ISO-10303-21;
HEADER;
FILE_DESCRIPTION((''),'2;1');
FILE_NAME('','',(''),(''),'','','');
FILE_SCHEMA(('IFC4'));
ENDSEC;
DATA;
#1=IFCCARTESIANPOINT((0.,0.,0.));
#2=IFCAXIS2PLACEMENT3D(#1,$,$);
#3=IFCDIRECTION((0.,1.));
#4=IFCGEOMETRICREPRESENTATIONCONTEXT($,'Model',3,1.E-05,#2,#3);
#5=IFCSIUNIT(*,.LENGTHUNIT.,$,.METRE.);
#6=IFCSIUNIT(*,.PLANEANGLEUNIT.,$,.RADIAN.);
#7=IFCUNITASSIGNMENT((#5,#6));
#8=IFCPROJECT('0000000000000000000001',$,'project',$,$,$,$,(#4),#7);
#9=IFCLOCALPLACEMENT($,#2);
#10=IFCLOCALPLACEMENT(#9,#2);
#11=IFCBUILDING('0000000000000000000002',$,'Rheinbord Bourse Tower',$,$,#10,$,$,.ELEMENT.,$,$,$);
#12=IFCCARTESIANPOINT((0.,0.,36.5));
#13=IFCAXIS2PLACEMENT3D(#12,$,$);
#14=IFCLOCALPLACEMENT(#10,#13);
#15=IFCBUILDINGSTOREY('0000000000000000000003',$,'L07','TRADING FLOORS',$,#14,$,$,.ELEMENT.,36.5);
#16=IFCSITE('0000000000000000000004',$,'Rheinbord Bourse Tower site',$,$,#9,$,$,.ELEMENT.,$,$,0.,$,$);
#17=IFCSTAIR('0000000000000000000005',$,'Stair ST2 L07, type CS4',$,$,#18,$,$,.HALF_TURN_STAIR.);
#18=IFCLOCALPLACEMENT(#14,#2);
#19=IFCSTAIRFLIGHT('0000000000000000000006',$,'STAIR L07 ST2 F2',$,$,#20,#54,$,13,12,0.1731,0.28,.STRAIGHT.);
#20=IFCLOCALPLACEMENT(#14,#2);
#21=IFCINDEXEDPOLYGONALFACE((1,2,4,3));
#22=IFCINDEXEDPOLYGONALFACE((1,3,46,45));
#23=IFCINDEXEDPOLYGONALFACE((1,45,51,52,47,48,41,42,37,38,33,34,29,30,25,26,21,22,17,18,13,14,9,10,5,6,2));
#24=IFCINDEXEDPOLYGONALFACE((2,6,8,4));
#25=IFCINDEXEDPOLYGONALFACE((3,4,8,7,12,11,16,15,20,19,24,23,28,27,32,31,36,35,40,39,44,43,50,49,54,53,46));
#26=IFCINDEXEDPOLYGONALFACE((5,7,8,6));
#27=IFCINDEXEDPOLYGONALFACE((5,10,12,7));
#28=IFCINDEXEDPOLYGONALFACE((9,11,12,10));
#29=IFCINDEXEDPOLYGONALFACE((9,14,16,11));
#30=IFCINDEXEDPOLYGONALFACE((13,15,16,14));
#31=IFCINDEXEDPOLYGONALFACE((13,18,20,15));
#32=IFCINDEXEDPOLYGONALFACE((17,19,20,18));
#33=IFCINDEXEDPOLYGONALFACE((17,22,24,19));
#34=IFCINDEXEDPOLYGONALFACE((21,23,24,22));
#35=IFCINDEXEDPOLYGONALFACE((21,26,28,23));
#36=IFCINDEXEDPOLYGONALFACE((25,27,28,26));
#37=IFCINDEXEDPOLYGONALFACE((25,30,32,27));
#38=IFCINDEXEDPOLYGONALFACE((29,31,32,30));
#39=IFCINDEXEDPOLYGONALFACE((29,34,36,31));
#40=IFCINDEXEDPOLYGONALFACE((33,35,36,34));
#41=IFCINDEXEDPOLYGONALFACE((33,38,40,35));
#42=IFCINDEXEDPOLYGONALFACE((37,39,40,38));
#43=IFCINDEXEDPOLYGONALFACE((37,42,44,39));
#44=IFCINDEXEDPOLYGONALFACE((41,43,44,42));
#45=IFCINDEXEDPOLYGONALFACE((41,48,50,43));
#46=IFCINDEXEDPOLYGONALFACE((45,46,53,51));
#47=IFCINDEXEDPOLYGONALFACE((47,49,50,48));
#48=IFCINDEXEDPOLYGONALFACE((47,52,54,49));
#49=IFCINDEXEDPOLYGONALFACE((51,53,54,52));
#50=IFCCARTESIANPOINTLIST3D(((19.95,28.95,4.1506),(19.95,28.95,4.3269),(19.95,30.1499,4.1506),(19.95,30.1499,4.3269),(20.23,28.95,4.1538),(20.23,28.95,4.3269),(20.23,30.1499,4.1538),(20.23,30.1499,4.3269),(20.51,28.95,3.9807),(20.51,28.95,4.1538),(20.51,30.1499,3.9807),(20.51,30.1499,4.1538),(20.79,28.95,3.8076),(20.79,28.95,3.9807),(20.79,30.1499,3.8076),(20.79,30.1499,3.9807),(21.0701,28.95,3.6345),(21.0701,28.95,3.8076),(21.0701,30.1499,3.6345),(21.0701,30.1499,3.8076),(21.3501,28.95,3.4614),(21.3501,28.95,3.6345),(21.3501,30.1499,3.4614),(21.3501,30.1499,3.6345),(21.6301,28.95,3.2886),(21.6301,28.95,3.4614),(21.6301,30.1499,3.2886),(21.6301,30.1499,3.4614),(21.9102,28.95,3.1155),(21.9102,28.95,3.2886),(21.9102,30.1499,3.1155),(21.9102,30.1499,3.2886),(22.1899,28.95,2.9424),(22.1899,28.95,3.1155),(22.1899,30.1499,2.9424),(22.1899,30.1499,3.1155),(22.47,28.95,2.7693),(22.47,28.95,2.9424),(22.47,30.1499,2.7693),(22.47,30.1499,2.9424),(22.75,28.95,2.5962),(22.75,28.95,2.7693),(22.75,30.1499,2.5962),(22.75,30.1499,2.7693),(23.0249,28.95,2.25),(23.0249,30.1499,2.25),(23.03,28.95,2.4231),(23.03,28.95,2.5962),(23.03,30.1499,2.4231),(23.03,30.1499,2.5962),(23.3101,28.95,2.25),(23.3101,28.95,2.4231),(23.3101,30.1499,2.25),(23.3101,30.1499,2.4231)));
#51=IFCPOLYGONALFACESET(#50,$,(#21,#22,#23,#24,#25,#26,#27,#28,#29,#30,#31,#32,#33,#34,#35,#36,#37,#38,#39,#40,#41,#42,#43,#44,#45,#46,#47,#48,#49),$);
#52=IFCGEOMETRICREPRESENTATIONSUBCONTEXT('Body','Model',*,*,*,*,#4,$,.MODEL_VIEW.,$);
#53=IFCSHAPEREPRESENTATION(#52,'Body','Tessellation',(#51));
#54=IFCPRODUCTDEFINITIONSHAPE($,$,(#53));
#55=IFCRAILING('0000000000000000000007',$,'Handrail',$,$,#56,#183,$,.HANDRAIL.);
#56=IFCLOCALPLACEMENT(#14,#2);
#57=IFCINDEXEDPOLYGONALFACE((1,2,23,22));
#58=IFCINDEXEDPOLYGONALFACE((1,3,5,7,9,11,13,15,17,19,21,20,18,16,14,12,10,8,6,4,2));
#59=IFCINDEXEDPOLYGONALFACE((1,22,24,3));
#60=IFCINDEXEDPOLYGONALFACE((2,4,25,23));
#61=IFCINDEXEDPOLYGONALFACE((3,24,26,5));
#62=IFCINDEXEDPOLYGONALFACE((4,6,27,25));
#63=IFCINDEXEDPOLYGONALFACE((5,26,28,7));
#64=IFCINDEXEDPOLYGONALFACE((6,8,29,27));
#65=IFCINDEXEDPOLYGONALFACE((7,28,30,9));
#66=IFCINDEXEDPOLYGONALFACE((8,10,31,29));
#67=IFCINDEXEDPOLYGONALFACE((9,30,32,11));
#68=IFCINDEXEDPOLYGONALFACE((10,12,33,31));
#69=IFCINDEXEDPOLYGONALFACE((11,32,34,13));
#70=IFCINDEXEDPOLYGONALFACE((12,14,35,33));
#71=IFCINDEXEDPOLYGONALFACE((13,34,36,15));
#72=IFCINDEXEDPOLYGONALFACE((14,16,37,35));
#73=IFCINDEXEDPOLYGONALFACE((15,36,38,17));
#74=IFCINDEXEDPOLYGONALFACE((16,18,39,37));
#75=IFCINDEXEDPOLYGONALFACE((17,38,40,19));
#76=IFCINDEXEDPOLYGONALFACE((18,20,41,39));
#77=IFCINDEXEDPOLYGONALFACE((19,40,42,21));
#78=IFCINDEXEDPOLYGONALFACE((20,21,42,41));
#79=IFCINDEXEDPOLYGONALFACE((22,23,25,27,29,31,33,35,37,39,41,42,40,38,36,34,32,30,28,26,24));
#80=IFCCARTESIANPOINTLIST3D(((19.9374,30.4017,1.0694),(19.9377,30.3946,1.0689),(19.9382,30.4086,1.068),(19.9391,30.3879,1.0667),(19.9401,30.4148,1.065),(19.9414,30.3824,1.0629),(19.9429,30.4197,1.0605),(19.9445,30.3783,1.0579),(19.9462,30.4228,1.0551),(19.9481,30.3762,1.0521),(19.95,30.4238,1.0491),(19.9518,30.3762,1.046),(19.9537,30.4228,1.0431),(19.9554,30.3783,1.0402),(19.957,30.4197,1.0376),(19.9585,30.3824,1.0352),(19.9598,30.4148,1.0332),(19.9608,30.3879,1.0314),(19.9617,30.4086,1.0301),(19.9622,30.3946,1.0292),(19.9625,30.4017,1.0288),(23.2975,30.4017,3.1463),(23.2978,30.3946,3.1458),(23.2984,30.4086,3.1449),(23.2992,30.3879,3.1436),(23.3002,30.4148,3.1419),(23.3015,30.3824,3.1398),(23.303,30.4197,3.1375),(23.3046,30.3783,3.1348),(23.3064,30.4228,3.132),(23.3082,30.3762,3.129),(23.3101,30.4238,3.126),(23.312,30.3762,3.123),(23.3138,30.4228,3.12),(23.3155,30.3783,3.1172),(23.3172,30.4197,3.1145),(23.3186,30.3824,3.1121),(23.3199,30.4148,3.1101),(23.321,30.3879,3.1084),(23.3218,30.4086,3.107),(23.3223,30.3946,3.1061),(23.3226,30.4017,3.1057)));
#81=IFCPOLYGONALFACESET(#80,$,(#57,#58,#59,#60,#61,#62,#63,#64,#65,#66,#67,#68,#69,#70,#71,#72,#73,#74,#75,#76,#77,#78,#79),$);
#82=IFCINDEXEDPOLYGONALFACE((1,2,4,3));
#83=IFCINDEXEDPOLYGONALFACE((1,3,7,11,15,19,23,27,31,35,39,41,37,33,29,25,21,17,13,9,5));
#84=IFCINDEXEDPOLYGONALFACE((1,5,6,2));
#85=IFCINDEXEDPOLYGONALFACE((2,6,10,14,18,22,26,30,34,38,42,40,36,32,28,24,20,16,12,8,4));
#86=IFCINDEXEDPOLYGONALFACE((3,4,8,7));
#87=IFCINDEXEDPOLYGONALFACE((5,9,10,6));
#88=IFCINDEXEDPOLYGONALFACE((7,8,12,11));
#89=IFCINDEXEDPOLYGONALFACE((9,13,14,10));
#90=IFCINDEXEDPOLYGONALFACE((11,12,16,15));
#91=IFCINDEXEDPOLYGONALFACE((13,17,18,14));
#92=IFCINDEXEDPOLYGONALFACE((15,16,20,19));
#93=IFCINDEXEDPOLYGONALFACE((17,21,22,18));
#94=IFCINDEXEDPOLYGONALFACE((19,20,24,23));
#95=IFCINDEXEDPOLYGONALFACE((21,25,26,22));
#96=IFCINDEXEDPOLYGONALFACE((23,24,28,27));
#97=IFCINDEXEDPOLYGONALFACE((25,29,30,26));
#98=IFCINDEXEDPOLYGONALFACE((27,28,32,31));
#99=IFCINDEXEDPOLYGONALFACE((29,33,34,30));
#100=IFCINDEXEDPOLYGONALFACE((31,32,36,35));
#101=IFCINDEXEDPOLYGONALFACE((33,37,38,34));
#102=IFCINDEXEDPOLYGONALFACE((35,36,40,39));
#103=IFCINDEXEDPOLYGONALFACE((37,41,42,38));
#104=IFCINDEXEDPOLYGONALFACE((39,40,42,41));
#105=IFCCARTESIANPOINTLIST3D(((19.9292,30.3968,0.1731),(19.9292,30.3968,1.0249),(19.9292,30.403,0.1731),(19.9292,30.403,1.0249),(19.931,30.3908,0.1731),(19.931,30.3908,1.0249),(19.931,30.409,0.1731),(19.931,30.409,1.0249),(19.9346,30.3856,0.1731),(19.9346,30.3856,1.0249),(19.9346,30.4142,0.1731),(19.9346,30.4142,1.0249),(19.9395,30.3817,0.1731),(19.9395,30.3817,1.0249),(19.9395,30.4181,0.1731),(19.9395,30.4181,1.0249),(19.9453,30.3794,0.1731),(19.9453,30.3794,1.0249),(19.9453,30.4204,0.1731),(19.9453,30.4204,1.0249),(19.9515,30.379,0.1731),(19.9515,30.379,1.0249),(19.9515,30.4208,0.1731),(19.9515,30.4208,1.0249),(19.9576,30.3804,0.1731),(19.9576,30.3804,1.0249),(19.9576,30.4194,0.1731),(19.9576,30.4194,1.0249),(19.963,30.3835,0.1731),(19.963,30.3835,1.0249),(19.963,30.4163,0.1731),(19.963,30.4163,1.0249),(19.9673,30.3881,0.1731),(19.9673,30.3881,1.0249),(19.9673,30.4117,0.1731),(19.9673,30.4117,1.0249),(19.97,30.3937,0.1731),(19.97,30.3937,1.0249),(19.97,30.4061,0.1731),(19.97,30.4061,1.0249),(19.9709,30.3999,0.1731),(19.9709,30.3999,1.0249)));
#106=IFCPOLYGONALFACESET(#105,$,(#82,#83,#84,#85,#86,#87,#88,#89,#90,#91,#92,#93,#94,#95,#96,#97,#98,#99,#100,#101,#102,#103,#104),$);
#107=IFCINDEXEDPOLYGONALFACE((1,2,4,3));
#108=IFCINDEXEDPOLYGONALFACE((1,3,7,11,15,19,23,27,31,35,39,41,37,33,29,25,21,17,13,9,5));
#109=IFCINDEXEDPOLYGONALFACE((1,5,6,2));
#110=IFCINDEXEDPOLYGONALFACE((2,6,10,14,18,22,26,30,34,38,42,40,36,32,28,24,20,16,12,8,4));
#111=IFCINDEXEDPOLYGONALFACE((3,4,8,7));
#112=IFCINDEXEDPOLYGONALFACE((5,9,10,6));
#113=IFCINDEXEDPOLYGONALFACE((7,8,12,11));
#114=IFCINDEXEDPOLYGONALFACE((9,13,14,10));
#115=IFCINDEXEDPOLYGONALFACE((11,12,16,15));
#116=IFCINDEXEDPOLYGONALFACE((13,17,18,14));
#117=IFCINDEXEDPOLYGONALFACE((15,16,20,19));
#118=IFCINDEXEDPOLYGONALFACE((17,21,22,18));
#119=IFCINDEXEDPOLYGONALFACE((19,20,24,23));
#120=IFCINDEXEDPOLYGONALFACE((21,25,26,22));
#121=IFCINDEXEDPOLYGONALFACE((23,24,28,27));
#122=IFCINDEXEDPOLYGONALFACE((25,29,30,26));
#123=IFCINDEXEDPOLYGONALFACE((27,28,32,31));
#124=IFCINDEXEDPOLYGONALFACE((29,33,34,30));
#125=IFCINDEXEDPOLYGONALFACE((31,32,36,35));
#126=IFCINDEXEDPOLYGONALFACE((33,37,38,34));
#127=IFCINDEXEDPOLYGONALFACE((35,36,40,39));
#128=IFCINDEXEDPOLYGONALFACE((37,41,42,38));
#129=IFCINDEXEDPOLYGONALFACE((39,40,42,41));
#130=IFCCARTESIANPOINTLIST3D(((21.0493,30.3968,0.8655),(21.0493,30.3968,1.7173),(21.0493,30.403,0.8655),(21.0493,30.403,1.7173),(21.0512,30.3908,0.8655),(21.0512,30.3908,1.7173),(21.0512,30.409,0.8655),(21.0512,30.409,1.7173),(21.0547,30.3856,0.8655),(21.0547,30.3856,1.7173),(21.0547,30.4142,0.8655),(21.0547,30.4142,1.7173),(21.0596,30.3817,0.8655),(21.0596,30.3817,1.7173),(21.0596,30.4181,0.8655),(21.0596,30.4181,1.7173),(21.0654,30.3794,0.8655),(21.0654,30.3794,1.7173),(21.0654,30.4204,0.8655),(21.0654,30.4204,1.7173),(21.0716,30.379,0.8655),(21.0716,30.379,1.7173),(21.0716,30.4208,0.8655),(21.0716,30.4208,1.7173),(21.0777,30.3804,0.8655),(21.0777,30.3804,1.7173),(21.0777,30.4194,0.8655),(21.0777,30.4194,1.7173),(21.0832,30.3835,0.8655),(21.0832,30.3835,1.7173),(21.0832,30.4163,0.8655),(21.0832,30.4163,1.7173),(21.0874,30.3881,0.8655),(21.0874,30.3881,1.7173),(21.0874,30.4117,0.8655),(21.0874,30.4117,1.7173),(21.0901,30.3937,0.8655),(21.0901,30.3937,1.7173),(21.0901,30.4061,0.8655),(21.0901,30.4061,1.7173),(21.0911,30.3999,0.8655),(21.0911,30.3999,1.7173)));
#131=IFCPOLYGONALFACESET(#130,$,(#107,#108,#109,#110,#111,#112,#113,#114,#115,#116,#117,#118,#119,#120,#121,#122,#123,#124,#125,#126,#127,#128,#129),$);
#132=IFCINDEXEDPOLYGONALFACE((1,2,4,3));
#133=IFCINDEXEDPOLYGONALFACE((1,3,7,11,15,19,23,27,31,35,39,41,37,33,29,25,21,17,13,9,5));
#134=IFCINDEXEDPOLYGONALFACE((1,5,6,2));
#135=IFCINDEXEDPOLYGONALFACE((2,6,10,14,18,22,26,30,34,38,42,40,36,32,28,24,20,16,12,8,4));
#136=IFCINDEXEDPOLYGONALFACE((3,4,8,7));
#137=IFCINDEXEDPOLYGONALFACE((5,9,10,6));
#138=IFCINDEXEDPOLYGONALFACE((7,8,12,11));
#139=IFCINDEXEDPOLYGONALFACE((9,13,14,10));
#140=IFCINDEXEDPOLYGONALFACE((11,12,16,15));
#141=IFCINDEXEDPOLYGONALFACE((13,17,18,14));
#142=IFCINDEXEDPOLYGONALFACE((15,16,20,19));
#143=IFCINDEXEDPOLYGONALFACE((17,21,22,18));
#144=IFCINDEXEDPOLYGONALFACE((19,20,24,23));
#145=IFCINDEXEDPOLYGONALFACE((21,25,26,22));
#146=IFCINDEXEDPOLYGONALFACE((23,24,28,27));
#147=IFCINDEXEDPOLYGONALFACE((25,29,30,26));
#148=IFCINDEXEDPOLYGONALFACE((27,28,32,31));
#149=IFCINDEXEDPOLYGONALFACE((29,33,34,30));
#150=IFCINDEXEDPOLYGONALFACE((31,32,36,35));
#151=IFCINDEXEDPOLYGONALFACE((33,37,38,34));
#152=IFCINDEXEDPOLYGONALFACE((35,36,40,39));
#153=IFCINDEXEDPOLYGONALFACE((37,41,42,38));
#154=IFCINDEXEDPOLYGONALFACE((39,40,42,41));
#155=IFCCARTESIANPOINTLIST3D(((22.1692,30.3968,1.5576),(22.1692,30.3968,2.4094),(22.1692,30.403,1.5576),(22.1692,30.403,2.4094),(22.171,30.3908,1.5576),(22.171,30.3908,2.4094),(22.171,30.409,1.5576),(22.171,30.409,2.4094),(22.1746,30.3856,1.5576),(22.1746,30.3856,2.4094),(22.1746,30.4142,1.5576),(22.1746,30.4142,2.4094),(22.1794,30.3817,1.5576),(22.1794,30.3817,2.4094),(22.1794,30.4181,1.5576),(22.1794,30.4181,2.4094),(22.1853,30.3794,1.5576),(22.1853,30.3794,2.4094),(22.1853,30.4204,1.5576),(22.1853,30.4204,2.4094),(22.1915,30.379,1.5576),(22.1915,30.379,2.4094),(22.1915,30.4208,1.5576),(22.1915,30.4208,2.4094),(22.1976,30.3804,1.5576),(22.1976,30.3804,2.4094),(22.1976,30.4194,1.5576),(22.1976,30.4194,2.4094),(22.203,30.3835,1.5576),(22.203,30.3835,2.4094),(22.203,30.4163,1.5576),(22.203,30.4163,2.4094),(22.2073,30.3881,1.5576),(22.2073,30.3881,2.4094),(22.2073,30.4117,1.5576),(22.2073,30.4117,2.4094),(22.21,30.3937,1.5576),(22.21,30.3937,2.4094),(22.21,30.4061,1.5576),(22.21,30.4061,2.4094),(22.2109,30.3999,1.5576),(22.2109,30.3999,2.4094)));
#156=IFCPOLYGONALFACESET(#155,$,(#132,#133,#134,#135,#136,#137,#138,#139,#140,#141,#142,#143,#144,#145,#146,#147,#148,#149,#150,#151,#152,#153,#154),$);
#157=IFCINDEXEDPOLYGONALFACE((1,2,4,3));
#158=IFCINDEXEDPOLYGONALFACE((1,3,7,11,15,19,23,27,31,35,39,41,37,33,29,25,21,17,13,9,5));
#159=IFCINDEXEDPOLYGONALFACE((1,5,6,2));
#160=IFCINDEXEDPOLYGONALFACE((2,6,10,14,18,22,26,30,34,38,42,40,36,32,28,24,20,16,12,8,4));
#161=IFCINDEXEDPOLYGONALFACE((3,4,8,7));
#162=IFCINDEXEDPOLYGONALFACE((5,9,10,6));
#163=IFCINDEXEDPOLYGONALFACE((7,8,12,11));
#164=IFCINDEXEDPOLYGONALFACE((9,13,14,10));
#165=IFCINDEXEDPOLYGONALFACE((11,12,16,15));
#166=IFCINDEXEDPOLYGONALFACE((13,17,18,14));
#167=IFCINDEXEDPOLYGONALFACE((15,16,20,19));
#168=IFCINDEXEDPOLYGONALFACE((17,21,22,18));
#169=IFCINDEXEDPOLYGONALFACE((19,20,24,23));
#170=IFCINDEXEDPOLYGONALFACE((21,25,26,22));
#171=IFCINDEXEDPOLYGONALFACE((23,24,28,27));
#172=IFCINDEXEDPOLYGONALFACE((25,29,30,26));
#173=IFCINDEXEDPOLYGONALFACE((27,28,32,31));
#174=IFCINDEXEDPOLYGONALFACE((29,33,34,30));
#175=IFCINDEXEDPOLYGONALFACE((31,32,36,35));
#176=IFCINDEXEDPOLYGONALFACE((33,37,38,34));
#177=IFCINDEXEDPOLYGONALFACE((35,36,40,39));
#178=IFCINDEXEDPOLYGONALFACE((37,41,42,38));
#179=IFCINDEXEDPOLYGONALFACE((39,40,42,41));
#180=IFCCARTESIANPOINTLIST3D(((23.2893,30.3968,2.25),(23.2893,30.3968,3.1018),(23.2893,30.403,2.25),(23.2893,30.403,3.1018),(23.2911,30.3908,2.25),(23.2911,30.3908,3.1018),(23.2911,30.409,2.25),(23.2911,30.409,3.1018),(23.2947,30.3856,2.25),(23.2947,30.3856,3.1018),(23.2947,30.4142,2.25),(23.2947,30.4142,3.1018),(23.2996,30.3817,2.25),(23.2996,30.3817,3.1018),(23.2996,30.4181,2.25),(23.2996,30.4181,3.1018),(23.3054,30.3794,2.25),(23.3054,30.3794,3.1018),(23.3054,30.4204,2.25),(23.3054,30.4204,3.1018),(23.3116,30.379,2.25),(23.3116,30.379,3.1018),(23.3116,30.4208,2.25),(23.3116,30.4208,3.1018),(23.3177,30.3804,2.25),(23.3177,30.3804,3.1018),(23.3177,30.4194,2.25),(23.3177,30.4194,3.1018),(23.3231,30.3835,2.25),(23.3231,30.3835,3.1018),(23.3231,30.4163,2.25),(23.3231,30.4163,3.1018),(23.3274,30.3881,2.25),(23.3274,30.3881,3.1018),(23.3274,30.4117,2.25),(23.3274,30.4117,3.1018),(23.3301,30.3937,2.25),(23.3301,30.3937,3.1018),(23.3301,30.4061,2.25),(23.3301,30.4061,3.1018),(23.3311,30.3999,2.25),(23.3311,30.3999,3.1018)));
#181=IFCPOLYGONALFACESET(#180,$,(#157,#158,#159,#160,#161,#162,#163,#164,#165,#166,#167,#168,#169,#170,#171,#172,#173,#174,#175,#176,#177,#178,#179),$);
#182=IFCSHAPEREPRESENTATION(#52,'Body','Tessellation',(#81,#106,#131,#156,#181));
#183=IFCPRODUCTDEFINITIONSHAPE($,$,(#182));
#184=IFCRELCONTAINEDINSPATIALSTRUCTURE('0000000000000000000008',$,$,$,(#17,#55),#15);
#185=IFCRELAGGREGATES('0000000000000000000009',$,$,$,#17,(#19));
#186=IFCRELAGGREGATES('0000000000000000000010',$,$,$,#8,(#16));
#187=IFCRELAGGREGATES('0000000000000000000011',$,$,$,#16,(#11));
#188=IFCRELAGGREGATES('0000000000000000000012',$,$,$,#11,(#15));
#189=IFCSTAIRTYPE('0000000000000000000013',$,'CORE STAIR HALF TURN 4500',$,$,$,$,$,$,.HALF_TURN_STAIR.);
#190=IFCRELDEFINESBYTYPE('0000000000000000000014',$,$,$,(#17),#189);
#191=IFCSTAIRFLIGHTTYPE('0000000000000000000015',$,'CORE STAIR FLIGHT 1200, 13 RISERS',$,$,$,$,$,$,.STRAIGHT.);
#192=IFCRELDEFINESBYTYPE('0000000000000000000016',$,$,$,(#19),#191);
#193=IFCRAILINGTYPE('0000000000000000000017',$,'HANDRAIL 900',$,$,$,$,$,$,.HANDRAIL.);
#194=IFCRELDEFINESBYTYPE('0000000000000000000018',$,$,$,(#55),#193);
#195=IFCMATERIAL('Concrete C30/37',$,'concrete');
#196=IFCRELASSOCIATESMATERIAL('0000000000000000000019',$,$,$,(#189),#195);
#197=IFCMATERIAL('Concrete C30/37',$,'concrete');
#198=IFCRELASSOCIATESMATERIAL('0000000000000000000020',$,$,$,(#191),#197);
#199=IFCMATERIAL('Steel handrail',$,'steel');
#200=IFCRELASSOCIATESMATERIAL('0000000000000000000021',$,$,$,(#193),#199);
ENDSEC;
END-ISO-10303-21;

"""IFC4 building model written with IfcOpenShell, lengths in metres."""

from ifc_helpers import new_model, si_unit, direction, frame, origin, origin_2d, place, context, subcontext, project, spatial, polyline, circle, outline, extrude, material, type_object, element, aggregate, save


model = new_model("IFC4")

# Units and contexts
model_context = context("Model", 3, precision=1e-05, world=origin(), true_north=direction((0.0, 1.0)))
body_context = subcontext(model_context, "Body", "Model", "MODEL_VIEW")
ifc_project = project(units=[si_unit("LENGTHUNIT", "METRE"), si_unit("PLANEANGLEUNIT", "RADIAN")], contexts=[model_context])

# Site, building, storey
site_placement = place(None, origin())
site = spatial("IfcSite", under=ifc_project, at=site_placement, Name="Rheinbord Bourse Tower site", CompositionType="ELEMENT", RefElevation=0.0)
building_placement = place(site_placement, origin())
building = spatial("IfcBuilding", under=site, at=building_placement, Name="Rheinbord Bourse Tower", CompositionType="ELEMENT")
storey_placement = place(building_placement, frame((0.0, 0.0, 36.5)))
storey = spatial("IfcBuildingStorey", under=building, at=storey_placement, Name="L07", Description="TRADING FLOORS", CompositionType="ELEMENT", Elevation=36.5)

# Stair, stair flight
ifc_material_1 = material(Name="Concrete C30/37", Category="concrete")
stair_type = type_object("IfcStairType", Name="CORE STAIR HALF TURN 4500", PredefinedType="HALF_TURN_STAIR", material=ifc_material_1)
stair_placement = place(storey_placement, origin())
stair = element("IfcStair", 1, at=stair_placement, inside=storey, type_object=stair_type, Name="Stair ST2 L07, type CS4", PredefinedType="HALF_TURN_STAIR")
ifc_material_2 = material(Name="Concrete C30/37", Category="concrete")
stair_flight_type = type_object("IfcStairFlightType", Name="CORE STAIR FLIGHT 1200, 13 RISERS", PredefinedType="STRAIGHT", material=ifc_material_2)
stair_flight_1_placement = place(storey_placement, frame((23.3101, 29.55, 2.25), z_axis=(0.0, 0.0, 1.0), x_axis=(-1.0, 0.0, 0.0)))
stair_flight_1 = element("IfcStairFlight", 2, at=stair_flight_1_placement, type_object=stair_flight_type, Name="STAIR L07 ST2 F2", NumberOfRisers=13, NumberOfTreads=12, PredefinedType="STRAIGHT", RiserHeight=0.1731, TreadLength=0.28, context=body_context, shape_type="SweptSolid", body=[
    extrude(outline(polyline([(0.0, 0.0), (0.0, 0.1731), (0.28, 0.1731), (0.28, 0.3462), (0.5601, 0.3462), (0.5601, 0.5193), (0.8401, 0.5193), (0.8401, 0.6924), (1.1201, 0.6924), (1.1201, 0.8655), (1.3999, 0.8655), (1.3999, 1.0386), (1.6799, 1.0386), (1.6799, 1.2114), (1.96, 1.2114), (1.96, 1.3845), (2.24, 1.3845), (2.24, 1.5576), (2.52, 1.5576), (2.52, 1.7307), (2.8, 1.7307), (2.8, 1.9038), (3.0801, 1.9038), (3.0801, 2.0769), (3.3601, 2.0769), (3.3601, 2.25), (3.3601, 1.9006), (0.2852, 0.0), (0.0, 0.0)])), frame((0.0, 0.6001, 0.0), z_axis=(0.0, -1.0, 0.0), x_axis=(1.0, 0.0, 0.0)), (0.0, 0.0, 1.0), 1.2),
])
aggregate(stair, [stair_flight_1])

# Railing
ifc_material_3 = material(Name="Steel handrail", Category="steel")
railing_type = type_object("IfcRailingType", Name="HANDRAIL 900", PredefinedType="HANDRAIL", material=ifc_material_3)
railing_1_placement = place(storey_placement, frame((19.95, 30.3999, 0.1731)))
element("IfcRailing", 3, at=railing_1_placement, inside=storey, type_object=railing_type, Name="Handrail", PredefinedType="HANDRAIL", context=body_context, shape_type="SweptSolid", body=[
    extrude(circle(Radius=0.0239, at=origin_2d()), frame((0.0, 0.0, 0.876), z_axis=(0.850623, 0.0, 0.525776), x_axis=(0.0, 1.0, 0.0)), (0.0, 0.0, 1.0), 3.9502),
    extrude(circle(Radius=0.021, at=origin_2d()), origin(), (0.0, 0.0, 1.0), 0.8518),
    extrude(circle(Radius=0.021, at=origin_2d()), frame((1.1201, 0.0, 0.6924)), (0.0, 0.0, 1.0), 0.8518),
    extrude(circle(Radius=0.021, at=origin_2d()), frame((2.24, 0.0, 1.3845)), (0.0, 0.0, 1.0), 0.8518),
    extrude(circle(Radius=0.021, at=origin_2d()), frame((3.3601, 0.0, 2.0769)), (0.0, 0.0, 1.0), 0.8518),
])

save(model, "model.ifc")
